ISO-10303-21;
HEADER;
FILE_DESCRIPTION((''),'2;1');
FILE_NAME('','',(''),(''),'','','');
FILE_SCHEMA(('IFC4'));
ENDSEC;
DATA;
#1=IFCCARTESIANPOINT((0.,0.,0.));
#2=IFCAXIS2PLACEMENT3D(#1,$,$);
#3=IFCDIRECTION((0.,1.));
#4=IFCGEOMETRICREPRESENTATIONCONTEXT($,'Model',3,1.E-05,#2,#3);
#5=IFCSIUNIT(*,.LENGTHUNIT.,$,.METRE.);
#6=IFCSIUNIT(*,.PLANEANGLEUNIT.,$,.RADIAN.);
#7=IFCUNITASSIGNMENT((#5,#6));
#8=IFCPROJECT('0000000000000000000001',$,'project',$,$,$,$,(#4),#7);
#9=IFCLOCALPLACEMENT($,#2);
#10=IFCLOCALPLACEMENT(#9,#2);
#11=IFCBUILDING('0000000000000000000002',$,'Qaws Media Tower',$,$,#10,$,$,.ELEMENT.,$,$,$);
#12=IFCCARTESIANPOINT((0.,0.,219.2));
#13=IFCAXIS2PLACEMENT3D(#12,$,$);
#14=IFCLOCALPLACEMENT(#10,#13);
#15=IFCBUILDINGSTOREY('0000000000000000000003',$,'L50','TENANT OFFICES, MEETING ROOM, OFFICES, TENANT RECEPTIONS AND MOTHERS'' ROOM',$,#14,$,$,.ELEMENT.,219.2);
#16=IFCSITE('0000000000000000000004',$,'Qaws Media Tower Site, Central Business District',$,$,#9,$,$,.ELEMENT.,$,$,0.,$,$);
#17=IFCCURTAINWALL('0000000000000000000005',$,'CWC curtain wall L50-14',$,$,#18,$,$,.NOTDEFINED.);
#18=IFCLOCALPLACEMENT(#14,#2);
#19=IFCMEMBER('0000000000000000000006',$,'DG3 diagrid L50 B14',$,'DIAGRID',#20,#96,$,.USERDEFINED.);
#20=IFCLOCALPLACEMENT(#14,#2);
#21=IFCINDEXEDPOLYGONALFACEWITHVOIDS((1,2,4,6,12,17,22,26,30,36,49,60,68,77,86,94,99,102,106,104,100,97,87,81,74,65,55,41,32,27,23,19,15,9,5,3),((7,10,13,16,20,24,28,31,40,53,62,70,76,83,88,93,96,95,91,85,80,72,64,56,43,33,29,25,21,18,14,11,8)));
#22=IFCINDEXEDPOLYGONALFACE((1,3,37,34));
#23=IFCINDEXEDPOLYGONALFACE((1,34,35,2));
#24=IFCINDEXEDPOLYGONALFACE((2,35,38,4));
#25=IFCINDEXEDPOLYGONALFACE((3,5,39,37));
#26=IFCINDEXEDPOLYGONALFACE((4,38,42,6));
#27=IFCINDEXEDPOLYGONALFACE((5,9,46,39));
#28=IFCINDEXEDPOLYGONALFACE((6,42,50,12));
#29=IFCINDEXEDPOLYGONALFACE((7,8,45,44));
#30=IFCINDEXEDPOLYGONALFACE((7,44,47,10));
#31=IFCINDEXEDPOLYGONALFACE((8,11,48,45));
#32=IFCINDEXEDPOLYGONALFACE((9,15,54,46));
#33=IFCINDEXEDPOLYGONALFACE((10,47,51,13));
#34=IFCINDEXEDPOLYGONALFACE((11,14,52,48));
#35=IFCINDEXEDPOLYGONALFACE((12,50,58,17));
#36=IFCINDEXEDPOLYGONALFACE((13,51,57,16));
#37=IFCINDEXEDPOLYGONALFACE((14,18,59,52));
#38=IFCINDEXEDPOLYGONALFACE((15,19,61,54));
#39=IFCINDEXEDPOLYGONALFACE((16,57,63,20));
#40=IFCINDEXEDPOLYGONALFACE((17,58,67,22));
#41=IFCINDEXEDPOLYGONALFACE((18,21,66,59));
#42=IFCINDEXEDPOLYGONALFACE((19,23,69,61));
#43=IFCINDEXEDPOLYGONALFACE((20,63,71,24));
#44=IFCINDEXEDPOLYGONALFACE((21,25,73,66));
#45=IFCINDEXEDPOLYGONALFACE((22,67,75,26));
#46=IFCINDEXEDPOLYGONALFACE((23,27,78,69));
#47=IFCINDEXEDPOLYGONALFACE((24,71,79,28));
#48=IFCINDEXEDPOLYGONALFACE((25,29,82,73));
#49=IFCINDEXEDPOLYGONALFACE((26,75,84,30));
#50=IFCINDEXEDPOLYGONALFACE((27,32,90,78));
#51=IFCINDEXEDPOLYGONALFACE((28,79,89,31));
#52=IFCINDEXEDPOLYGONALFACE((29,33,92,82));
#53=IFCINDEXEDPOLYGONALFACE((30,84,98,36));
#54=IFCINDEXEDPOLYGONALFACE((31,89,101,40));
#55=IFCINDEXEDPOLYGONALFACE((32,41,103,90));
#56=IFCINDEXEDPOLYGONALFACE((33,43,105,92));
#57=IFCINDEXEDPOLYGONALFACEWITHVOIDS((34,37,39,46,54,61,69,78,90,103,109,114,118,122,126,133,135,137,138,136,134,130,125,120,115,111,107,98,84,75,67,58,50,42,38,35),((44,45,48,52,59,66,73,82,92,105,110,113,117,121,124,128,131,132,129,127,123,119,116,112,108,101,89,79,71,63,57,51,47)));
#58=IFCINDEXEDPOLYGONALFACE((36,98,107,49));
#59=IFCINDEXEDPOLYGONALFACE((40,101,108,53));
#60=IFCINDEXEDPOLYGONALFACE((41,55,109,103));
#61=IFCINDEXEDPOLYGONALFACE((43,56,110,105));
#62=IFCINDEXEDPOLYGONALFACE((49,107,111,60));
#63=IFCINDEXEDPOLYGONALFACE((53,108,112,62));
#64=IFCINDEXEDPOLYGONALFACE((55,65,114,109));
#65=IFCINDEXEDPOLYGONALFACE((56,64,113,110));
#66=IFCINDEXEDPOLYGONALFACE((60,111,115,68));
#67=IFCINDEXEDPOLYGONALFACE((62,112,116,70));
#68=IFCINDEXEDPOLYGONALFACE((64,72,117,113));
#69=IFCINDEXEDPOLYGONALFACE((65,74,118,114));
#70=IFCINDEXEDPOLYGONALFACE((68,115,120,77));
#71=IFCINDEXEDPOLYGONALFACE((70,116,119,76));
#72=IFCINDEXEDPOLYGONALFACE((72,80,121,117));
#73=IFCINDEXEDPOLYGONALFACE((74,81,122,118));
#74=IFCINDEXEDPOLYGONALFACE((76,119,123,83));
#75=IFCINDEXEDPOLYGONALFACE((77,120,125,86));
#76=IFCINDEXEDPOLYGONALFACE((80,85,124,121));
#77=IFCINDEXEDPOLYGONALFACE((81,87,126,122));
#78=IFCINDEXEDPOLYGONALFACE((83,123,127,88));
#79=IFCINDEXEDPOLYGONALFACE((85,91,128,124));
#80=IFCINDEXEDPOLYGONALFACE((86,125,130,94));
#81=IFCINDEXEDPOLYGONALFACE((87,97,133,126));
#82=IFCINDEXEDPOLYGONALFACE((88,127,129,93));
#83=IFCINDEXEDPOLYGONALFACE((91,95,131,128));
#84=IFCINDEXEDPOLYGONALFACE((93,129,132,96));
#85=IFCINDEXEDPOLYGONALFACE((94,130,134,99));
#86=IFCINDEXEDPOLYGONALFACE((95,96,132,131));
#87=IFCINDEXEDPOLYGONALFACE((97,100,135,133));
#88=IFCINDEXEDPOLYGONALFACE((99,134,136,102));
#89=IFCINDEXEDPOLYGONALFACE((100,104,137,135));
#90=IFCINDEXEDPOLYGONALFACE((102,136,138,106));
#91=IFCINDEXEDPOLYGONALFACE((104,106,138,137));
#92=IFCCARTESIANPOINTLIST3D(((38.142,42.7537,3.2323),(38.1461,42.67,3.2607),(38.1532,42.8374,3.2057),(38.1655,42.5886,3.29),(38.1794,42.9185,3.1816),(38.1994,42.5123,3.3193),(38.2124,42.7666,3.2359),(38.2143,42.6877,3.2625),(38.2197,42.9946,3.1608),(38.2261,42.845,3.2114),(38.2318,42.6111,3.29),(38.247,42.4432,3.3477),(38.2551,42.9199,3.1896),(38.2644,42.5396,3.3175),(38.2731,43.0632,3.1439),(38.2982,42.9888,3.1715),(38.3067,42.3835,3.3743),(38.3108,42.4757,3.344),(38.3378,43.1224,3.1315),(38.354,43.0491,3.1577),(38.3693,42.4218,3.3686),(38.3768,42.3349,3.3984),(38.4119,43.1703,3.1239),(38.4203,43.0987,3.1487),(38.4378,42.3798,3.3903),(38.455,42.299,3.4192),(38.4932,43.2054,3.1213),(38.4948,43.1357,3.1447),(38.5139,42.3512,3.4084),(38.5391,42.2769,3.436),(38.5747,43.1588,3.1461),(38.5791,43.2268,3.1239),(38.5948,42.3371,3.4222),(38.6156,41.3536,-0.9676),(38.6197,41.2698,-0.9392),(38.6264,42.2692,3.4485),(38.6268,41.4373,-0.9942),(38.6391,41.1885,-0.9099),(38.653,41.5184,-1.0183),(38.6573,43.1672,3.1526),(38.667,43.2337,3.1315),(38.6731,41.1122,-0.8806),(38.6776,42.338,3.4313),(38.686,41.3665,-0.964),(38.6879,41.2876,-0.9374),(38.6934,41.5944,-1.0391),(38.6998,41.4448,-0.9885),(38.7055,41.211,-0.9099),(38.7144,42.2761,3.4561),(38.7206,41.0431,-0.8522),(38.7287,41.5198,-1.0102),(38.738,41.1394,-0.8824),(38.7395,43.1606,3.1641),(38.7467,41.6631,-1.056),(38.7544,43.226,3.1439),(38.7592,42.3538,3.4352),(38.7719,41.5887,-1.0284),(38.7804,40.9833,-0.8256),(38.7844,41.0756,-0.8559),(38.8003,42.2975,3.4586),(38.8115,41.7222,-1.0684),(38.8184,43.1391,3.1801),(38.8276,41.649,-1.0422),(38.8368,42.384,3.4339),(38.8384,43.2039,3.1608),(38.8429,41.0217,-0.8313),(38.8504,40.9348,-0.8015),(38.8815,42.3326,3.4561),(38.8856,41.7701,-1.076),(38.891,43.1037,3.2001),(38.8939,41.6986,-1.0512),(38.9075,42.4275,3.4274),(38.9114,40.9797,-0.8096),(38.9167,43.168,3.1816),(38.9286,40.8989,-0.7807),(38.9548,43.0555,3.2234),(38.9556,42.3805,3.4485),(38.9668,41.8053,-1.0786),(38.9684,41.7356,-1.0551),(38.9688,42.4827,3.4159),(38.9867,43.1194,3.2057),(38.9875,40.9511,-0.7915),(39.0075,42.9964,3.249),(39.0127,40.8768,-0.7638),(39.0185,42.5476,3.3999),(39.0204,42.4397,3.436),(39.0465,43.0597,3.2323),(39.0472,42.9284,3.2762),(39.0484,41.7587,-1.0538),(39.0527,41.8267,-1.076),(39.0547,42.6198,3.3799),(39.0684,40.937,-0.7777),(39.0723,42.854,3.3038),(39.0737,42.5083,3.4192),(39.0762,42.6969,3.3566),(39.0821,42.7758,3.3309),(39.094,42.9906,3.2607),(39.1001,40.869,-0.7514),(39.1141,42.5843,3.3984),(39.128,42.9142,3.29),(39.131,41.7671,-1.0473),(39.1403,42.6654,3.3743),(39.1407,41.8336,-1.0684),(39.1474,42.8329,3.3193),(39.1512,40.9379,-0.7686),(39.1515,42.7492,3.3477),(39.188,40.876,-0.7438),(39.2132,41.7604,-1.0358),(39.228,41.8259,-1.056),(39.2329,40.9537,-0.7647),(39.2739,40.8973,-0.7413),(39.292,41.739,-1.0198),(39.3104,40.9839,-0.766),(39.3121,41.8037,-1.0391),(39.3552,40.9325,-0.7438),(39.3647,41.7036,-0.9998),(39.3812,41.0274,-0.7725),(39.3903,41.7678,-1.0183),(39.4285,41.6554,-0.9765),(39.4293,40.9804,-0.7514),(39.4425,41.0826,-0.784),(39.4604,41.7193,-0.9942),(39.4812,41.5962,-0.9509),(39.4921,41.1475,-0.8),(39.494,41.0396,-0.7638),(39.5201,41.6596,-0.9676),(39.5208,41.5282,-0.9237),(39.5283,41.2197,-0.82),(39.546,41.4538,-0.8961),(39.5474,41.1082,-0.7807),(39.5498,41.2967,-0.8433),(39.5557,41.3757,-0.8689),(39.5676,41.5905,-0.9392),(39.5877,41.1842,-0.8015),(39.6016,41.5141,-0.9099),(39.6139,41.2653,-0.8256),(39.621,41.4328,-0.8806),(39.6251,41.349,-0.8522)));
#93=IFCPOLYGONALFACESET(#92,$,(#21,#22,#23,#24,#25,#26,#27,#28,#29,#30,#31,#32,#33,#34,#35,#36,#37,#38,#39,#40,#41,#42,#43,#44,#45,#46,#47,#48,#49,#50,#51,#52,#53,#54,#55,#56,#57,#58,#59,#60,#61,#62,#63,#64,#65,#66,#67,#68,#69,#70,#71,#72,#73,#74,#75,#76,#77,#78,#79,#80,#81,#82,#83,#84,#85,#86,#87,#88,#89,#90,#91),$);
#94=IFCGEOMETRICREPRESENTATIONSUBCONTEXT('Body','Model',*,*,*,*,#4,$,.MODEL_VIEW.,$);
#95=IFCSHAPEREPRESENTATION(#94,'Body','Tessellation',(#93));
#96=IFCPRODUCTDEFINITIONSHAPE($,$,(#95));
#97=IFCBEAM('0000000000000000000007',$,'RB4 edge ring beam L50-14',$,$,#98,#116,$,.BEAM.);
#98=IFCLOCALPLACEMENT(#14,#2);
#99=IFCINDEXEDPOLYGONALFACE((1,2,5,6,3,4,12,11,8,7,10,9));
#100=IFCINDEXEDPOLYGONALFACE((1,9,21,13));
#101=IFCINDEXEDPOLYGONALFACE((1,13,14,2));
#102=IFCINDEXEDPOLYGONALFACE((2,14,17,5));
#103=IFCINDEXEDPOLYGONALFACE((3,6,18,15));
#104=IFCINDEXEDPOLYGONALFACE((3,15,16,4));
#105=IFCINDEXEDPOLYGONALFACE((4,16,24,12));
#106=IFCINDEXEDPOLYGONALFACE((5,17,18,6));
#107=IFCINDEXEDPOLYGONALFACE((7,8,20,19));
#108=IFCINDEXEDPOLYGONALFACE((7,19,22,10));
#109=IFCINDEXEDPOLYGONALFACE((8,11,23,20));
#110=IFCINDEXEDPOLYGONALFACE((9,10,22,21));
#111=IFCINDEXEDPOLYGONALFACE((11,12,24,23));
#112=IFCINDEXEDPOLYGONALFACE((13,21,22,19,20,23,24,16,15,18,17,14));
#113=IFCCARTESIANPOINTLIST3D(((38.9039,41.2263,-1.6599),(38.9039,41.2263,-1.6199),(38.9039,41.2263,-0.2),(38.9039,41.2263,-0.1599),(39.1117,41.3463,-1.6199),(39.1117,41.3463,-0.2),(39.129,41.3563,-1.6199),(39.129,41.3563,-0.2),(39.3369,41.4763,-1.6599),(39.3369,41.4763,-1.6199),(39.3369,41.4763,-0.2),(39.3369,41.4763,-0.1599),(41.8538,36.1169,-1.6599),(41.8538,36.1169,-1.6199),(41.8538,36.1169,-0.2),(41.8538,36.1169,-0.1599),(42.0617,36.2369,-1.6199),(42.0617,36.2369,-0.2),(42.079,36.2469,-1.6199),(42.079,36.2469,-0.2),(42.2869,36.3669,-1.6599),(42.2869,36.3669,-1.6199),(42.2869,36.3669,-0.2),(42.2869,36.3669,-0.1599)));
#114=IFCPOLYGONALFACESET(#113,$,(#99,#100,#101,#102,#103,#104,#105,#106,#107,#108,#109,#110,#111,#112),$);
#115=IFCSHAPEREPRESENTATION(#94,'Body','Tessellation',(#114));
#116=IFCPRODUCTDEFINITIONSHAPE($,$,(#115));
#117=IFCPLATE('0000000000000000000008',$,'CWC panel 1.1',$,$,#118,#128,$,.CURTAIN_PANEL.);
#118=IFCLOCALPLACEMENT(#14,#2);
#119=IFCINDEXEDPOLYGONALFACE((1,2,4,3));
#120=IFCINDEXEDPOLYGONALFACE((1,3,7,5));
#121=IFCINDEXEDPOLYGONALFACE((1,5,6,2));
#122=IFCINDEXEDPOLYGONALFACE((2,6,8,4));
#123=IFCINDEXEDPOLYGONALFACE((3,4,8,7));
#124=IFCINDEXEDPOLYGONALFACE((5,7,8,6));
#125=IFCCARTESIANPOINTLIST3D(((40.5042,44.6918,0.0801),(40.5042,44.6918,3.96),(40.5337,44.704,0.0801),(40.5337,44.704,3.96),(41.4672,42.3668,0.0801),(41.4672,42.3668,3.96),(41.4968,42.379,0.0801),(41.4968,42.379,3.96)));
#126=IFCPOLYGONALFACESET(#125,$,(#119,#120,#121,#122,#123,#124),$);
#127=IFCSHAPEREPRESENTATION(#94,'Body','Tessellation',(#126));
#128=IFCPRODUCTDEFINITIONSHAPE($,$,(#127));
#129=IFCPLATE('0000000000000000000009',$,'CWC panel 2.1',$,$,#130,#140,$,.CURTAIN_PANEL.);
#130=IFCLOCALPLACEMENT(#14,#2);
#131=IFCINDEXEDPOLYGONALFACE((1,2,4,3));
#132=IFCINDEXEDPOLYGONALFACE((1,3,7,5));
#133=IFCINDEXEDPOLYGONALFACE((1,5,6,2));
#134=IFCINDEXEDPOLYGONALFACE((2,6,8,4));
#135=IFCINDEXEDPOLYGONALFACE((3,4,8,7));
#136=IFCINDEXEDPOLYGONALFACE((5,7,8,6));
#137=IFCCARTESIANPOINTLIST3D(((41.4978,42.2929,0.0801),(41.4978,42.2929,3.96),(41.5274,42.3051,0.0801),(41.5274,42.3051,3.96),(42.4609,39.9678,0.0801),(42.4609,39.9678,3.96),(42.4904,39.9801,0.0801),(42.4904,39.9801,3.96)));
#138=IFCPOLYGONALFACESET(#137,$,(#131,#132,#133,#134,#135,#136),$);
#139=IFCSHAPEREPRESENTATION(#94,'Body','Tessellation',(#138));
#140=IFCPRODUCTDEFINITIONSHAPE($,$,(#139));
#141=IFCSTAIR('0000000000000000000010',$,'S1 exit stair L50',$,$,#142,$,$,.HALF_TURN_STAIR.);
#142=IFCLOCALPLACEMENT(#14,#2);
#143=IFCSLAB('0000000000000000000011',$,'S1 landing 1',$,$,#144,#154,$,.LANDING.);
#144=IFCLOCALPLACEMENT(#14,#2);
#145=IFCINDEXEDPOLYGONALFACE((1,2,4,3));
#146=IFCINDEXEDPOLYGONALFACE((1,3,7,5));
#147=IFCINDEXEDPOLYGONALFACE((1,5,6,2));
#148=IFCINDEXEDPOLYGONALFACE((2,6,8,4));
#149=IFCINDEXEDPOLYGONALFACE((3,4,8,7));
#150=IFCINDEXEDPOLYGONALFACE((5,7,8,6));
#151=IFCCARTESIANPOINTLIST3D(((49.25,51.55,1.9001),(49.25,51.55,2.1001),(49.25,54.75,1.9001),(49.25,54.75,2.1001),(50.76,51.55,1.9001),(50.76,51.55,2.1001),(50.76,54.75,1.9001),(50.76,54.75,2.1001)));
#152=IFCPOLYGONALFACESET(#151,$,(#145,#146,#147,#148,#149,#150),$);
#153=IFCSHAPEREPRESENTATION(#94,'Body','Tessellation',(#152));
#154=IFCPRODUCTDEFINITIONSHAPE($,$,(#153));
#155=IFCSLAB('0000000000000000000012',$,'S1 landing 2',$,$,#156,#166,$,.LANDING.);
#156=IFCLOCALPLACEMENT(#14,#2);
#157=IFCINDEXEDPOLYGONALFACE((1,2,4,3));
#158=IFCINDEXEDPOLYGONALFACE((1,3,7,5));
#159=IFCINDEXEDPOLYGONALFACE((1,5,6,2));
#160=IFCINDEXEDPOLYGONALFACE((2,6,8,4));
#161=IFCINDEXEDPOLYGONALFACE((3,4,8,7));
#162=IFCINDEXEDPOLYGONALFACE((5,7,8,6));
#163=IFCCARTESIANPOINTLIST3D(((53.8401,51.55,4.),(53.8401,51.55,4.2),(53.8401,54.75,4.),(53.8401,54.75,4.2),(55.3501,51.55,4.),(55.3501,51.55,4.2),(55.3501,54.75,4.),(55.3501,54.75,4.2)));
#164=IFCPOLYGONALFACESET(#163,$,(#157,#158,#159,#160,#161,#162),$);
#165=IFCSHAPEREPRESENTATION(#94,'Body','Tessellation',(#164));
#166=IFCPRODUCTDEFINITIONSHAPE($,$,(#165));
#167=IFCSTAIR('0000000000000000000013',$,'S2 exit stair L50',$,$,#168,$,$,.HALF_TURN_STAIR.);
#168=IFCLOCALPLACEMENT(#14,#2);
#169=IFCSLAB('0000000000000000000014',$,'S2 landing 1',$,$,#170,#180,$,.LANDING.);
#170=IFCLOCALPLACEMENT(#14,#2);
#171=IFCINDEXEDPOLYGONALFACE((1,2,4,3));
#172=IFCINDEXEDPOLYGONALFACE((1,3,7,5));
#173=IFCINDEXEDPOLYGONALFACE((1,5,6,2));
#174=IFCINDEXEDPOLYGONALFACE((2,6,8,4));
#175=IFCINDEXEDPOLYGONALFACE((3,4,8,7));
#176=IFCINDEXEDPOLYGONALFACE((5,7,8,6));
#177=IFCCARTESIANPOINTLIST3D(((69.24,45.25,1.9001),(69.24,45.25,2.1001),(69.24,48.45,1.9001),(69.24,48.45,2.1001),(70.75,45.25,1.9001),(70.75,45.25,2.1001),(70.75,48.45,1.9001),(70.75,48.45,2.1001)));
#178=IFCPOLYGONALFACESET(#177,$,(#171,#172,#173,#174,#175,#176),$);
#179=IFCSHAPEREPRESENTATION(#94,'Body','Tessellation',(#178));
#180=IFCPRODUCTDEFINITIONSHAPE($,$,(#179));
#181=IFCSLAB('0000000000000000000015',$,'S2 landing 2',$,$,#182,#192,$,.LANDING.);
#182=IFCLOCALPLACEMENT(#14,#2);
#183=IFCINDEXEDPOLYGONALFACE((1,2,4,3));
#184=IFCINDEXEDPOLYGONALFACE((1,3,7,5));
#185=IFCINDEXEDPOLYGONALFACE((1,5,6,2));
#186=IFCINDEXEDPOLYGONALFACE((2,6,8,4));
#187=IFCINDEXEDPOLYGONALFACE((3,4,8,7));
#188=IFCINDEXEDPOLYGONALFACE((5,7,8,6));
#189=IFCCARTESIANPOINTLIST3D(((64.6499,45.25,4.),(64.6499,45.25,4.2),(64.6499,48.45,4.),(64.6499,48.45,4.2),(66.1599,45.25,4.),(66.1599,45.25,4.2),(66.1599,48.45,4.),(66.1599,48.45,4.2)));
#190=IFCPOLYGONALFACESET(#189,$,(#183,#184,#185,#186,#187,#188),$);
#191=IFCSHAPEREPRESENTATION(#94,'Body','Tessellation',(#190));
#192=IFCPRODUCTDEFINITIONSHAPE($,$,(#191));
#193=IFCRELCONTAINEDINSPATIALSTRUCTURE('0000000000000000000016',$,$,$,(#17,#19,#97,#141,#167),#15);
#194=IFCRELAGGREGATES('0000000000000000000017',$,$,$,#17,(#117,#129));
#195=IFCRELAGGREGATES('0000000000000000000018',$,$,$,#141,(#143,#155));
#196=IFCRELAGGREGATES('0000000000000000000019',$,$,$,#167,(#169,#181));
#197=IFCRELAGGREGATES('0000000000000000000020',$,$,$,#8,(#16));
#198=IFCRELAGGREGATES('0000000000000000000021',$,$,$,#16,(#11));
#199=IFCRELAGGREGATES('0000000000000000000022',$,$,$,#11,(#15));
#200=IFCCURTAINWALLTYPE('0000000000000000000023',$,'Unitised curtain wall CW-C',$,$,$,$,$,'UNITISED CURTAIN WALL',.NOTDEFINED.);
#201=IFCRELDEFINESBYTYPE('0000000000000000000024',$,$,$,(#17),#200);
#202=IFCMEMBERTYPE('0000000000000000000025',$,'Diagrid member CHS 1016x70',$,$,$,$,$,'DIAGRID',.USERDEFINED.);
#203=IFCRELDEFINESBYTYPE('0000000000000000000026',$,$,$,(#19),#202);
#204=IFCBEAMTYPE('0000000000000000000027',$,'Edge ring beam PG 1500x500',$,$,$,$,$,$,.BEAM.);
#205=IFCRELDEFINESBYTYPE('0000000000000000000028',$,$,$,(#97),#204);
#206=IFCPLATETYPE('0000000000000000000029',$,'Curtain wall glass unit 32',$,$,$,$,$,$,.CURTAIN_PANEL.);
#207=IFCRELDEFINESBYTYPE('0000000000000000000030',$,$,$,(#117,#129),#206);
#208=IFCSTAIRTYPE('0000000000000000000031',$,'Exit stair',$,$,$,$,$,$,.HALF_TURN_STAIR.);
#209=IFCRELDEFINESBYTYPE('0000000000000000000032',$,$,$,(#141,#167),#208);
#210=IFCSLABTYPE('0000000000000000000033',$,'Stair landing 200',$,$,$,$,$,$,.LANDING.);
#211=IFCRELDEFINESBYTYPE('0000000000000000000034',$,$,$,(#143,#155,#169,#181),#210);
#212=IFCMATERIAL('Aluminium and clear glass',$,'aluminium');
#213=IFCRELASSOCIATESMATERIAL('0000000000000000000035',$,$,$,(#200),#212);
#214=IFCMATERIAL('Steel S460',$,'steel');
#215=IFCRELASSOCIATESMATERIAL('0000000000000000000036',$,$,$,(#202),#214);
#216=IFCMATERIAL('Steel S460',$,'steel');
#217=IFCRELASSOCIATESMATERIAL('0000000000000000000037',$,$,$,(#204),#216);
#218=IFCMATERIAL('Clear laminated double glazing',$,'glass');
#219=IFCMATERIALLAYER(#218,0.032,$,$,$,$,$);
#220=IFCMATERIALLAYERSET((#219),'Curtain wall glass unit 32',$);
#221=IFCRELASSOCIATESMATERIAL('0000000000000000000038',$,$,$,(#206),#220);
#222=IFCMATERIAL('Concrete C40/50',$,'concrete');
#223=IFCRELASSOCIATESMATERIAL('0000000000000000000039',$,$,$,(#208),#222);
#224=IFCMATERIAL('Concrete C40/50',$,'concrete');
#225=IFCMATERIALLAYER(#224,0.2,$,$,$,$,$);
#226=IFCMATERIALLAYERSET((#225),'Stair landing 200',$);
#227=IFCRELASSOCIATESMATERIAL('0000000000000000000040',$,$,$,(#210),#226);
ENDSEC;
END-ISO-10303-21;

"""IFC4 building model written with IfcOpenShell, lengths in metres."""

from ifc_helpers import new_model, si_unit, direction, frame, origin, origin_2d, place, context, subcontext, project, spatial, polyline, rectangle, hollow_circle, i_section, outline, extrude, material, layer, layer_set, material_profile, profile_set, type_object, element, aggregate, save


model = new_model("IFC4")

# Units and contexts
model_context = context("Model", 3, precision=1e-05, world=origin(), true_north=direction((0.0, 1.0)))
body_context = subcontext(model_context, "Body", "Model", "MODEL_VIEW")
ifc_project = project(units=[si_unit("LENGTHUNIT", "METRE"), si_unit("PLANEANGLEUNIT", "RADIAN")], contexts=[model_context])

# Site, building, storey
site_placement = place(None, origin())
site = spatial("IfcSite", under=ifc_project, at=site_placement, Name="Qaws Media Tower Site, Central Business District", CompositionType="ELEMENT", RefElevation=0.0)
building_placement = place(site_placement, origin())
building = spatial("IfcBuilding", under=site, at=building_placement, Name="Qaws Media Tower", CompositionType="ELEMENT")
storey_placement = place(building_placement, frame((0.0, 0.0, 219.2)))
storey = spatial("IfcBuildingStorey", under=building, at=storey_placement, Name="L50", Description="TENANT OFFICES, MEETING ROOM, OFFICES, TENANT RECEPTIONS AND MOTHERS' ROOM", CompositionType="ELEMENT", Elevation=219.2)

# Curtain wall
ifc_material_1 = material(Name="Aluminium and clear glass", Category="aluminium")
curtain_wall_type = type_object("IfcCurtainWallType", Name="Unitised curtain wall CW-C", ElementType="UNITISED CURTAIN WALL", PredefinedType="NOTDEFINED", material=ifc_material_1)
curtain_wall_placement = place(storey_placement, origin())
curtain_wall = element("IfcCurtainWall", 1, at=curtain_wall_placement, inside=storey, type_object=curtain_wall_type, Name="CWC curtain wall L50-14", PredefinedType="NOTDEFINED")

# Member
ifc_material_2 = material(Name="Steel S460", Category="steel")
ifc_material_profile_1 = material_profile(ifc_material_2, hollow_circle(Radius=0.5081, WallThickness=0.0701, at=origin_2d()), Name="CHS 1016x70")
ifc_profile_set_1 = profile_set([ifc_material_profile_1], Name="Steel S460")
member_type_1 = type_object("IfcMemberType", Name="Diagrid member CHS 1016x70", ElementType="DIAGRID", PredefinedType="USERDEFINED", material=ifc_profile_set_1)
for number, where, z_axis, x_axis, name in (
    (2, (39.1204, 41.3513, -0.9099), (-0.106376, 0.314466, 0.94329), (-0.94727, -0.320437, 0.0), "DG3 diagrid L50 B14"),
):
    element("IfcMember", number, at=place(storey_placement, frame(where, z_axis=z_axis, x_axis=x_axis)), inside=storey, type_object=member_type_1, Name=name, ObjectType="DIAGRID", PredefinedType="USERDEFINED", context=body_context, shape_type="SweptSolid", body=[
        extrude(hollow_circle(Radius=0.5081, WallThickness=0.0701, at=origin_2d()), origin(), (0.0, 0.0, 1.0), 4.4524),
    ])

# Beam
ifc_material_3 = material(Name="Steel S460", Category="steel")
ifc_material_profile_2 = material_profile(ifc_material_3, i_section(OverallWidth=0.5, OverallDepth=1.5, WebThickness=0.02, FlangeThickness=0.04, at=origin_2d()), Name="PG 1500x500")
ifc_profile_set_2 = profile_set([ifc_material_profile_2], Name="Steel S460")
beam_type = type_object("IfcBeamType", Name="Edge ring beam PG 1500x500", PredefinedType="BEAM", material=ifc_profile_set_2)
beam_placement = place(storey_placement, frame((39.1204, 41.3513, -0.9099), z_axis=(0.500007, -0.866022, 0.0), x_axis=(0.866022, 0.500007, 0.0)))
element("IfcBeam", 3, at=beam_placement, inside=storey, type_object=beam_type, Name="RB4 edge ring beam L50-14", PredefinedType="BEAM", context=body_context, shape_type="SweptSolid", body=[
    extrude(i_section(OverallWidth=0.5, OverallDepth=1.5, WebThickness=0.02, FlangeThickness=0.04, at=origin_2d()), origin(), (0.0, 0.0, 1.0), 5.8999),
])

# Plates
ifc_material_4 = material(Name="Clear laminated double glazing", Category="glass")
ifc_layer_1 = layer(ifc_material_4, 0.032)
ifc_layer_set_1 = layer_set([ifc_layer_1], Name="Curtain wall glass unit 32")
plate_type = type_object("IfcPlateType", Name="Curtain wall glass unit 32", PredefinedType="CURTAIN_PANEL", material=ifc_layer_set_1)
plate_1_placement = place(storey_placement, frame((41.0005, 43.5354, 0.0801), z_axis=(0.0, 0.0, 1.0), x_axis=(0.382684, -0.923879, 0.0)))
plate_1 = element("IfcPlate", 4, at=plate_1_placement, type_object=plate_type, Name="CWC panel 1.1", PredefinedType="CURTAIN_PANEL", context=body_context, shape_type="SweptSolid", body=[
    extrude(rectangle(XDim=2.5166, YDim=0.032, at=origin_2d()), origin(), (0.0, 0.0, 1.0), 3.8799),
])
plate_2_placement = place(storey_placement, frame((41.9941, 41.1365, 0.0801), z_axis=(0.0, 0.0, 1.0), x_axis=(0.382684, -0.923879, 0.0)))
plate_2 = element("IfcPlate", 5, at=plate_2_placement, type_object=plate_type, Name="CWC panel 2.1", PredefinedType="CURTAIN_PANEL", context=body_context, shape_type="SweptSolid", body=[
    extrude(rectangle(XDim=2.5166, YDim=0.032, at=origin_2d()), origin(), (0.0, 0.0, 1.0), 3.8799),
])
aggregate(curtain_wall, [plate_1, plate_2])

# Stairs, slabs
ifc_material_5 = material(Name="Concrete C40/50", Category="concrete")
stair_type = type_object("IfcStairType", Name="Exit stair", PredefinedType="HALF_TURN_STAIR", material=ifc_material_5)
stair_1_placement = place(storey_placement, origin())
stair_1 = element("IfcStair", 6, at=stair_1_placement, inside=storey, type_object=stair_type, Name="S1 exit stair L50", PredefinedType="HALF_TURN_STAIR")
ifc_material_6 = material(Name="Concrete C40/50", Category="concrete")
ifc_layer_2 = layer(ifc_material_6, 0.2)
ifc_layer_set_2 = layer_set([ifc_layer_2], Name="Stair landing 200")
slab_type = type_object("IfcSlabType", Name="Stair landing 200", PredefinedType="LANDING", material=ifc_layer_set_2)
slab_1_placement = place(storey_placement, frame((0.0, 0.0, 1.9001)))
slab_1 = element("IfcSlab", 7, at=slab_1_placement, type_object=slab_type, Name="S1 landing 1", PredefinedType="LANDING", context=body_context, shape_type="SweptSolid", body=[
    extrude(outline(polyline([(49.25, 51.55), (50.76, 51.55), (50.76, 54.75), (49.25, 54.75), (49.25, 51.55)])), origin(), (0.0, 0.0, 1.0), 0.2),
])
slab_2_placement = place(storey_placement, frame((0.0, 0.0, 4.0)))
slab_2 = element("IfcSlab", 8, at=slab_2_placement, type_object=slab_type, Name="S1 landing 2", PredefinedType="LANDING", context=body_context, shape_type="SweptSolid", body=[
    extrude(outline(polyline([(53.8401, 51.55), (55.3501, 51.55), (55.3501, 54.75), (53.8401, 54.75), (53.8401, 51.55)])), origin(), (0.0, 0.0, 1.0), 0.2),
])
aggregate(stair_1, [slab_1, slab_2])
stair_2_placement = place(storey_placement, origin())
stair_2 = element("IfcStair", 9, at=stair_2_placement, inside=storey, type_object=stair_type, Name="S2 exit stair L50", PredefinedType="HALF_TURN_STAIR")
slab_3_placement = place(storey_placement, frame((0.0, 0.0, 1.9001)))
slab_3 = element("IfcSlab", 10, at=slab_3_placement, type_object=slab_type, Name="S2 landing 1", PredefinedType="LANDING", context=body_context, shape_type="SweptSolid", body=[
    extrude(outline(polyline([(69.24, 45.25), (70.75, 45.25), (70.75, 48.45), (69.24, 48.45), (69.24, 45.25)])), origin(), (0.0, 0.0, 1.0), 0.2),
])
slab_4_placement = place(storey_placement, frame((0.0, 0.0, 4.0)))
slab_4 = element("IfcSlab", 11, at=slab_4_placement, type_object=slab_type, Name="S2 landing 2", PredefinedType="LANDING", context=body_context, shape_type="SweptSolid", body=[
    extrude(outline(polyline([(64.6499, 45.25), (66.1599, 45.25), (66.1599, 48.45), (64.6499, 48.45), (64.6499, 45.25)])), origin(), (0.0, 0.0, 1.0), 0.2),
])
aggregate(stair_2, [slab_3, slab_4])

save(model, "model.ifc")
